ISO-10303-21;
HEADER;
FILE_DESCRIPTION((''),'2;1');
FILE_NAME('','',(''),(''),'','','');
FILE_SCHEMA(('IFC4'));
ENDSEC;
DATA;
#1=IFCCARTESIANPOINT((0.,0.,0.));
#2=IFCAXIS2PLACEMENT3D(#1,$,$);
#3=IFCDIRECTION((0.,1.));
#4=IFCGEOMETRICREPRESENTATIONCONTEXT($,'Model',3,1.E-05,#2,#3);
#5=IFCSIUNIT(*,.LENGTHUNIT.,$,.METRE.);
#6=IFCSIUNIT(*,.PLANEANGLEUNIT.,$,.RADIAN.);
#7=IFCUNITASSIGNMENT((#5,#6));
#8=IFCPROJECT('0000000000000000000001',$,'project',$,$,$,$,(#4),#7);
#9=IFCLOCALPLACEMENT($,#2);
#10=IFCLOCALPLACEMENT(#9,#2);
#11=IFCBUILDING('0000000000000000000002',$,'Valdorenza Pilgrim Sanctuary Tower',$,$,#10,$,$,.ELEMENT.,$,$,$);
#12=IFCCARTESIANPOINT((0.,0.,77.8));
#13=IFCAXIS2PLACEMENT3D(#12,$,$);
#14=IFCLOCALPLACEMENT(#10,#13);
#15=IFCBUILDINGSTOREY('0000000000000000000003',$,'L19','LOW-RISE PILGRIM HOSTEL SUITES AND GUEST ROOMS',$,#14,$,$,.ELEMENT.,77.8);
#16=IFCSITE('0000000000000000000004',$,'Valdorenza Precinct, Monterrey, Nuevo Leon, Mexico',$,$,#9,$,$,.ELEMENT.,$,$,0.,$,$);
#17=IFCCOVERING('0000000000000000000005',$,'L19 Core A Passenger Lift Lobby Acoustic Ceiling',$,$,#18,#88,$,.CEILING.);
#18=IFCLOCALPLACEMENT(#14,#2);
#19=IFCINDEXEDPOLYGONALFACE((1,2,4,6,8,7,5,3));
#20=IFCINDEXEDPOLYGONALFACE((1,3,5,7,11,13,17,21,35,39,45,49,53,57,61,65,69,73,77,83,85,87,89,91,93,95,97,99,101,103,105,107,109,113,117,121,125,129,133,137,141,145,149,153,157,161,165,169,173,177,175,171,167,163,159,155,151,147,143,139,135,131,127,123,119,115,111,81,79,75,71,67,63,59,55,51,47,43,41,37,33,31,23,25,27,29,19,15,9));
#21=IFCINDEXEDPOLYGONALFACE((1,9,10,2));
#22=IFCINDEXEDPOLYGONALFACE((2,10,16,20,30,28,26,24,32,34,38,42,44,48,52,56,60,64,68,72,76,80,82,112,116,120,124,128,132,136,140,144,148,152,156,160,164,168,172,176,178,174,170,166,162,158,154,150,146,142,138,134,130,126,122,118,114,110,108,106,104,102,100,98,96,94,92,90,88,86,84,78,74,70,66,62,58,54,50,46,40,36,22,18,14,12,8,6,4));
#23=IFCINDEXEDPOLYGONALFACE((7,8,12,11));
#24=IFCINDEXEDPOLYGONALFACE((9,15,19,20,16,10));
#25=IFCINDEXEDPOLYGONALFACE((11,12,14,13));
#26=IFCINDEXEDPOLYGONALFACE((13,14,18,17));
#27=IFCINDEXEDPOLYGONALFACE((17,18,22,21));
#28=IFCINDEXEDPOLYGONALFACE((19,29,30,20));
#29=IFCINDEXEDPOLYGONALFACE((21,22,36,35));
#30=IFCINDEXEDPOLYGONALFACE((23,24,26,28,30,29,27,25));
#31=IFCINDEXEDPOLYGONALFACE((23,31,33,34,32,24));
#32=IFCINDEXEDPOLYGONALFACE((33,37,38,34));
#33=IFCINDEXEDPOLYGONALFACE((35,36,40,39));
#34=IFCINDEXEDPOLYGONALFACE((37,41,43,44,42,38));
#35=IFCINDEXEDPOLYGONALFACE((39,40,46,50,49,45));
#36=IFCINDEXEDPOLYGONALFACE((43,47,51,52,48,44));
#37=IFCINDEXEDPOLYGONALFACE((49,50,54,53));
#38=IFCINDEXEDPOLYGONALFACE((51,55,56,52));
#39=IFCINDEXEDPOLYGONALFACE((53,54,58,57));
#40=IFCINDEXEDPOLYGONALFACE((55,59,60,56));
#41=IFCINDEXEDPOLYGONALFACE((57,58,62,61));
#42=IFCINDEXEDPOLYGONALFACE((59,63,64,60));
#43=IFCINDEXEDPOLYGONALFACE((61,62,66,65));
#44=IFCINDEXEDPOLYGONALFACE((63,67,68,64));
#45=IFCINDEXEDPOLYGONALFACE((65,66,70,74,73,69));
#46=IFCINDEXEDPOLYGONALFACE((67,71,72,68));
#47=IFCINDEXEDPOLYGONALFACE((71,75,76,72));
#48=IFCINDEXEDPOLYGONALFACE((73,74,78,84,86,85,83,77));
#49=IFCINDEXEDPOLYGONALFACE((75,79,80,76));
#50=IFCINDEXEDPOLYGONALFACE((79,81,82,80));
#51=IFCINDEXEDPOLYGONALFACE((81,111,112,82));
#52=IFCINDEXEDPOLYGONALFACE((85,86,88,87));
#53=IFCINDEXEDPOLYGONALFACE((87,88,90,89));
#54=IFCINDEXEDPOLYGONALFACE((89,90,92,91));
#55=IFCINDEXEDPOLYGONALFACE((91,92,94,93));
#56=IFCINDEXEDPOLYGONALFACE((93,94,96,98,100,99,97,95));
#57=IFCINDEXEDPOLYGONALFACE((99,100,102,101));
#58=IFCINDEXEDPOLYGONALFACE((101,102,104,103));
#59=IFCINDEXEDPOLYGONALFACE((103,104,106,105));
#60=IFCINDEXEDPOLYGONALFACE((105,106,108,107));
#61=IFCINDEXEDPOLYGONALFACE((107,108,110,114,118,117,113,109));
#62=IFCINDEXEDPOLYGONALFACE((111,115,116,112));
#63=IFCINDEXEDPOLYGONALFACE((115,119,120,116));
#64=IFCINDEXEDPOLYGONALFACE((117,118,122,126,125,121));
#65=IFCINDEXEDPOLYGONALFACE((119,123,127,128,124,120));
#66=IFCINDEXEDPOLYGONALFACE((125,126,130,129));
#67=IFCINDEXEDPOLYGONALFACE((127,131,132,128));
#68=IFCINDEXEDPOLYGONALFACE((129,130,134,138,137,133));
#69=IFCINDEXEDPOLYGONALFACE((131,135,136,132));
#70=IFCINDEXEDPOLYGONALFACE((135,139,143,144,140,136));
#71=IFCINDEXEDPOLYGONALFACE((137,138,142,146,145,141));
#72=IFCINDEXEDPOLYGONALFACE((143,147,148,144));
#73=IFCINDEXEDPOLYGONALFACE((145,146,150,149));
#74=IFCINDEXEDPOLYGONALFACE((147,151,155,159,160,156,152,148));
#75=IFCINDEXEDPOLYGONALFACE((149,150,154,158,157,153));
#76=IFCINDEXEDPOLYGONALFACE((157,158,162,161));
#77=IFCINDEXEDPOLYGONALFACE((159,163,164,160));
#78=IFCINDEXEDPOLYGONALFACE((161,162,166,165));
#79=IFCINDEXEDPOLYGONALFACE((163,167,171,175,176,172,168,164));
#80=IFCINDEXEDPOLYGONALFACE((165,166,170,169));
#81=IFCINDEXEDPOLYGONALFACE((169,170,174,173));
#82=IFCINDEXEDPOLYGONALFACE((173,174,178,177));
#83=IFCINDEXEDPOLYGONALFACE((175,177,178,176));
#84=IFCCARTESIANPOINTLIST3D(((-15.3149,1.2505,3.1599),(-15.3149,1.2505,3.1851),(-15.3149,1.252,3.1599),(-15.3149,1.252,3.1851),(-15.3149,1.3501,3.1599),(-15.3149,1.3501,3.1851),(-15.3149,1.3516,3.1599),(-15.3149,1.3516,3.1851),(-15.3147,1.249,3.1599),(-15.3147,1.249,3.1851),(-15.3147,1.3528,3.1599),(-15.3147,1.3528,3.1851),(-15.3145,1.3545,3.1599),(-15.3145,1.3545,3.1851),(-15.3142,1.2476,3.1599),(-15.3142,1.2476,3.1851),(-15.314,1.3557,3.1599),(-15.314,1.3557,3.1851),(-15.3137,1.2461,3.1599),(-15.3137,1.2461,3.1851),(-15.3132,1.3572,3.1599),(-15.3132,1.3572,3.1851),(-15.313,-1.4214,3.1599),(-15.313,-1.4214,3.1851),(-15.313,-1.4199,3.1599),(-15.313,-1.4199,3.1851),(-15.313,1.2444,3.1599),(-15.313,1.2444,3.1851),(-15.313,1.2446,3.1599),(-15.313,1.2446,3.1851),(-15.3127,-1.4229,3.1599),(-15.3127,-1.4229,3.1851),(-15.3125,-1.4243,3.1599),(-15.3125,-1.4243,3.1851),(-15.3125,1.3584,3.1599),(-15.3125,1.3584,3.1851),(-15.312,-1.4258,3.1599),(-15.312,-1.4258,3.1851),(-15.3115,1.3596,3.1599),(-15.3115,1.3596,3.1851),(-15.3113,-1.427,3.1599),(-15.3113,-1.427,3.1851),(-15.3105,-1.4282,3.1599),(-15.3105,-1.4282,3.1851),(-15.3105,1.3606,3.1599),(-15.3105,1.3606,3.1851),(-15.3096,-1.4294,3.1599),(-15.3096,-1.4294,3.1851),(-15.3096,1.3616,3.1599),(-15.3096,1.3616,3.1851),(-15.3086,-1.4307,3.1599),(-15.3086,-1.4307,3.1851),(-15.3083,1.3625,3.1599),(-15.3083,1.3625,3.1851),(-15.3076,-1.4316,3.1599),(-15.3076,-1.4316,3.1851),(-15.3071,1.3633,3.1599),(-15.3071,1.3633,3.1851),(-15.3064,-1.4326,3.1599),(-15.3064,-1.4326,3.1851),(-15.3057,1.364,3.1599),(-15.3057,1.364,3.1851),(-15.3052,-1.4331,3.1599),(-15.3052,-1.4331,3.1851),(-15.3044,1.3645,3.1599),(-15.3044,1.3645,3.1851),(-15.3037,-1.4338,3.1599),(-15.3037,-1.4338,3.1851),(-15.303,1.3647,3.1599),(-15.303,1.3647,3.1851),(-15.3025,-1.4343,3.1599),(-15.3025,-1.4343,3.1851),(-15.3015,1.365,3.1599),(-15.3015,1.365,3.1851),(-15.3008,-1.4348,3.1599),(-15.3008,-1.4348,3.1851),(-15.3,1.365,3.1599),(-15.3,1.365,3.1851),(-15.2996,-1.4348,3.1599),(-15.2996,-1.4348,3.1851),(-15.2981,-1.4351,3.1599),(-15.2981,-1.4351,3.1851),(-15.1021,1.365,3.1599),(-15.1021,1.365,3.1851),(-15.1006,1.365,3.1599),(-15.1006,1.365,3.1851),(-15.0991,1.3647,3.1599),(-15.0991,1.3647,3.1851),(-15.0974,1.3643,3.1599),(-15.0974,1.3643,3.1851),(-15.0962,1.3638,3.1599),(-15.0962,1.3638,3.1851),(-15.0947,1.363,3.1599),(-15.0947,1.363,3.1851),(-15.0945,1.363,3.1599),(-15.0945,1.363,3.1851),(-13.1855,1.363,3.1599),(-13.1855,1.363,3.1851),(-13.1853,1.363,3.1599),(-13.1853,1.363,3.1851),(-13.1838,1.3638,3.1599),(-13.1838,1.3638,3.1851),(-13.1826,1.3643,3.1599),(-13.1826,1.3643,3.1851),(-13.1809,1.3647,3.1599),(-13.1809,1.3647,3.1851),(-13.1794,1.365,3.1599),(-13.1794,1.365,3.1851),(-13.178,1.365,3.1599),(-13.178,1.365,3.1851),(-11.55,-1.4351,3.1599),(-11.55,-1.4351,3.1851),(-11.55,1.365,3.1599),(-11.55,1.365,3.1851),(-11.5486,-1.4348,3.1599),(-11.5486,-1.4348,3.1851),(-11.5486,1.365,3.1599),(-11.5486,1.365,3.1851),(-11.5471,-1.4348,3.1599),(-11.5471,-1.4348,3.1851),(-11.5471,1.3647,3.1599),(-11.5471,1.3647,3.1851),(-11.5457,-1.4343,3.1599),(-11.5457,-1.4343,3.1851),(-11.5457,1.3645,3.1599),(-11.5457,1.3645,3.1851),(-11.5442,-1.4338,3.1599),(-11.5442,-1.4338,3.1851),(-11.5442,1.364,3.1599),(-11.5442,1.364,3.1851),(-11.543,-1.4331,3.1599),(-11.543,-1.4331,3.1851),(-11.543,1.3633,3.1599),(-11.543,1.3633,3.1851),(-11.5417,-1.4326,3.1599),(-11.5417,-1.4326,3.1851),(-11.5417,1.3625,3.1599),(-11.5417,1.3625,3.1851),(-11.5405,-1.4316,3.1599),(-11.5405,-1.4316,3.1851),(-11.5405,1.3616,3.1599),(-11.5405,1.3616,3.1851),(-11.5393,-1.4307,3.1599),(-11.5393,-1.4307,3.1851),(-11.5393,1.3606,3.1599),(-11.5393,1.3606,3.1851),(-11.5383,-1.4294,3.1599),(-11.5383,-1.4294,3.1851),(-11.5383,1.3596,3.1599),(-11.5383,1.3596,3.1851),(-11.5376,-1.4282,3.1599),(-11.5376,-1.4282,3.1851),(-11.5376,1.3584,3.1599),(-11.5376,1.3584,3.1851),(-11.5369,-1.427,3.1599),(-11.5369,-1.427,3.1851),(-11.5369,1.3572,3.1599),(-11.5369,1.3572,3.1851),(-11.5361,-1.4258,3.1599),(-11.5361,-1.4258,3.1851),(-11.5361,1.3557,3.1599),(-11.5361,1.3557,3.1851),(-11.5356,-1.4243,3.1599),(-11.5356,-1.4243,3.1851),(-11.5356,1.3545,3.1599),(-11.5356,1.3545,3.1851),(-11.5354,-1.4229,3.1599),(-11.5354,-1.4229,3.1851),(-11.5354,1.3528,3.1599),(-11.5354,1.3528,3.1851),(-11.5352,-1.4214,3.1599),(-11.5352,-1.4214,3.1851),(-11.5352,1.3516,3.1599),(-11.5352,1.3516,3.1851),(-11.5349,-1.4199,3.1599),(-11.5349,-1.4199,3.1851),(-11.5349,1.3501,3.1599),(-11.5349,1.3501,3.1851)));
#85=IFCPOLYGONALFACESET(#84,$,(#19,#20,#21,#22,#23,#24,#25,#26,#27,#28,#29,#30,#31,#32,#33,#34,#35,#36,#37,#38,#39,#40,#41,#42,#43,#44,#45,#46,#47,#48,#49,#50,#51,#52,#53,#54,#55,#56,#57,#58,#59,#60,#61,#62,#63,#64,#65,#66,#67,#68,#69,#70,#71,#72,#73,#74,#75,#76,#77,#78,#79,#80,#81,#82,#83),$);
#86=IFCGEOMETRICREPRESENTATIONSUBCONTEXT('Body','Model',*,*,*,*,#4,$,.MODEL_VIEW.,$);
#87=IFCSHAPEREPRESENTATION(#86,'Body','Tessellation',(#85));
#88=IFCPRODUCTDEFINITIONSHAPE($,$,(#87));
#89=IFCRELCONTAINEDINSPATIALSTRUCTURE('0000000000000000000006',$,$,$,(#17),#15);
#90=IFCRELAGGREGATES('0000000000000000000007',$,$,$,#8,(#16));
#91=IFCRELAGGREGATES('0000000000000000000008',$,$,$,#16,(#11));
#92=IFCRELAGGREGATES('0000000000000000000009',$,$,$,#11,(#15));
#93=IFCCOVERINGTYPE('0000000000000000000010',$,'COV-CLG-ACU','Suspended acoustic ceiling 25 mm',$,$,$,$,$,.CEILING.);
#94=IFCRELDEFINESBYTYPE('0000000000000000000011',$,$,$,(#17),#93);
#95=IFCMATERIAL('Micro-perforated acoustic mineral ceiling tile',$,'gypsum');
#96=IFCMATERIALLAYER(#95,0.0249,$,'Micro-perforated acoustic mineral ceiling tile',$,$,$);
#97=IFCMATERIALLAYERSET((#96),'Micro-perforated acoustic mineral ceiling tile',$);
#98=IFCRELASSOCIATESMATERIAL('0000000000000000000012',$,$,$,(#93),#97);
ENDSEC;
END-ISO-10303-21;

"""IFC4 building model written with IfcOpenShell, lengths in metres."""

from ifc_helpers import new_model, si_unit, direction, frame, origin, place, context, subcontext, project, spatial, polyline, outline, extrude, material, layer, layer_set, type_object, element, save


model = new_model("IFC4")

# Units and contexts
model_context = context("Model", 3, precision=1e-05, world=origin(), true_north=direction((0.0, 1.0)))
body_context = subcontext(model_context, "Body", "Model", "MODEL_VIEW")
ifc_project = project(units=[si_unit("LENGTHUNIT", "METRE"), si_unit("PLANEANGLEUNIT", "RADIAN")], contexts=[model_context])

# Site, building, storey
site_placement = place(None, origin())
site = spatial("IfcSite", under=ifc_project, at=site_placement, Name="Valdorenza Precinct, Monterrey, Nuevo Leon, Mexico", CompositionType="ELEMENT", RefElevation=0.0)
building_placement = place(site_placement, origin())
building = spatial("IfcBuilding", under=site, at=building_placement, Name="Valdorenza Pilgrim Sanctuary Tower", CompositionType="ELEMENT")
storey_placement = place(building_placement, frame((0.0, 0.0, 77.8)))
storey = spatial("IfcBuildingStorey", under=building, at=storey_placement, Name="L19", Description="LOW-RISE PILGRIM HOSTEL SUITES AND GUEST ROOMS", CompositionType="ELEMENT", Elevation=77.8)

# Covering
ifc_material_1 = material(Name="Micro-perforated acoustic mineral ceiling tile", Category="gypsum")
ifc_layer_1 = layer(ifc_material_1, 0.0249, Name="Micro-perforated acoustic mineral ceiling tile")
ifc_layer_set_1 = layer_set([ifc_layer_1], Name="Micro-perforated acoustic mineral ceiling tile")
covering_type_1 = type_object("IfcCoveringType", Name="COV-CLG-ACU", Description="Suspended acoustic ceiling 25 mm", PredefinedType="CEILING", material=ifc_layer_set_1)
covering_1_placement = place(storey_placement, frame((0.0, 0.0, 3.1599)))
element("IfcCovering", 1, at=covering_1_placement, inside=storey, type_object=covering_type_1, Name="L19 Core A Passenger Lift Lobby Acoustic Ceiling", PredefinedType="CEILING", context=body_context, shape_type="SweptSolid", body=[
    extrude(outline(polyline([(-15.313, 1.2444), (-15.313, 1.2446), (-15.3137, 1.2461), (-15.3142, 1.2476), (-15.3147, 1.249), (-15.3149, 1.2505), (-15.3149, 1.252), (-15.3149, 1.3501), (-15.3149, 1.3516), (-15.3147, 1.3528), (-15.3145, 1.3545), (-15.314, 1.3557), (-15.3132, 1.3572), (-15.3125, 1.3584), (-15.3115, 1.3596), (-15.3105, 1.3606), (-15.3096, 1.3616), (-15.3083, 1.3625), (-15.3071, 1.3633), (-15.3057, 1.364), (-15.3044, 1.3645), (-15.303, 1.3647), (-15.3015, 1.365), (-15.3, 1.365), (-15.1021, 1.365), (-15.1006, 1.365), (-15.0991, 1.3647), (-15.0974, 1.3643), (-15.0962, 1.3638), (-15.0947, 1.363), (-15.0945, 1.363), (-13.1855, 1.363), (-13.1853, 1.363), (-13.1838, 1.3638), (-13.1826, 1.3643), (-13.1809, 1.3647), (-13.1794, 1.365), (-13.178, 1.365), (-11.55, 1.365), (-11.5486, 1.365), (-11.5471, 1.3647), (-11.5457, 1.3645), (-11.5442, 1.364), (-11.543, 1.3633), (-11.5417, 1.3625), (-11.5405, 1.3616), (-11.5393, 1.3606), (-11.5383, 1.3596), (-11.5376, 1.3584), (-11.5369, 1.3572), (-11.5361, 1.3557), (-11.5356, 1.3545), (-11.5354, 1.3528), (-11.5352, 1.3516), (-11.5349, 1.3501), (-11.5349, -1.4199), (-11.5352, -1.4214), (-11.5354, -1.4229), (-11.5356, -1.4243), (-11.5361, -1.4258), (-11.5369, -1.427), (-11.5376, -1.4282), (-11.5383, -1.4294), (-11.5393, -1.4307), (-11.5405, -1.4316), (-11.5417, -1.4326), (-11.543, -1.4331), (-11.5442, -1.4338), (-11.5457, -1.4343), (-11.5471, -1.4348), (-11.5486, -1.4348), (-11.55, -1.4351), (-15.2981, -1.4351), (-15.2996, -1.4348), (-15.3008, -1.4348), (-15.3025, -1.4343), (-15.3037, -1.4338), (-15.3052, -1.4331), (-15.3064, -1.4326), (-15.3076, -1.4316), (-15.3086, -1.4307), (-15.3096, -1.4294), (-15.3105, -1.4282), (-15.3113, -1.427), (-15.312, -1.4258), (-15.3125, -1.4243), (-15.3127, -1.4229), (-15.313, -1.4214), (-15.313, -1.4199), (-15.313, 1.2444)])), origin(), (0.0, 0.0, 1.0), 0.0251),
])

save(model, "model.ifc")
